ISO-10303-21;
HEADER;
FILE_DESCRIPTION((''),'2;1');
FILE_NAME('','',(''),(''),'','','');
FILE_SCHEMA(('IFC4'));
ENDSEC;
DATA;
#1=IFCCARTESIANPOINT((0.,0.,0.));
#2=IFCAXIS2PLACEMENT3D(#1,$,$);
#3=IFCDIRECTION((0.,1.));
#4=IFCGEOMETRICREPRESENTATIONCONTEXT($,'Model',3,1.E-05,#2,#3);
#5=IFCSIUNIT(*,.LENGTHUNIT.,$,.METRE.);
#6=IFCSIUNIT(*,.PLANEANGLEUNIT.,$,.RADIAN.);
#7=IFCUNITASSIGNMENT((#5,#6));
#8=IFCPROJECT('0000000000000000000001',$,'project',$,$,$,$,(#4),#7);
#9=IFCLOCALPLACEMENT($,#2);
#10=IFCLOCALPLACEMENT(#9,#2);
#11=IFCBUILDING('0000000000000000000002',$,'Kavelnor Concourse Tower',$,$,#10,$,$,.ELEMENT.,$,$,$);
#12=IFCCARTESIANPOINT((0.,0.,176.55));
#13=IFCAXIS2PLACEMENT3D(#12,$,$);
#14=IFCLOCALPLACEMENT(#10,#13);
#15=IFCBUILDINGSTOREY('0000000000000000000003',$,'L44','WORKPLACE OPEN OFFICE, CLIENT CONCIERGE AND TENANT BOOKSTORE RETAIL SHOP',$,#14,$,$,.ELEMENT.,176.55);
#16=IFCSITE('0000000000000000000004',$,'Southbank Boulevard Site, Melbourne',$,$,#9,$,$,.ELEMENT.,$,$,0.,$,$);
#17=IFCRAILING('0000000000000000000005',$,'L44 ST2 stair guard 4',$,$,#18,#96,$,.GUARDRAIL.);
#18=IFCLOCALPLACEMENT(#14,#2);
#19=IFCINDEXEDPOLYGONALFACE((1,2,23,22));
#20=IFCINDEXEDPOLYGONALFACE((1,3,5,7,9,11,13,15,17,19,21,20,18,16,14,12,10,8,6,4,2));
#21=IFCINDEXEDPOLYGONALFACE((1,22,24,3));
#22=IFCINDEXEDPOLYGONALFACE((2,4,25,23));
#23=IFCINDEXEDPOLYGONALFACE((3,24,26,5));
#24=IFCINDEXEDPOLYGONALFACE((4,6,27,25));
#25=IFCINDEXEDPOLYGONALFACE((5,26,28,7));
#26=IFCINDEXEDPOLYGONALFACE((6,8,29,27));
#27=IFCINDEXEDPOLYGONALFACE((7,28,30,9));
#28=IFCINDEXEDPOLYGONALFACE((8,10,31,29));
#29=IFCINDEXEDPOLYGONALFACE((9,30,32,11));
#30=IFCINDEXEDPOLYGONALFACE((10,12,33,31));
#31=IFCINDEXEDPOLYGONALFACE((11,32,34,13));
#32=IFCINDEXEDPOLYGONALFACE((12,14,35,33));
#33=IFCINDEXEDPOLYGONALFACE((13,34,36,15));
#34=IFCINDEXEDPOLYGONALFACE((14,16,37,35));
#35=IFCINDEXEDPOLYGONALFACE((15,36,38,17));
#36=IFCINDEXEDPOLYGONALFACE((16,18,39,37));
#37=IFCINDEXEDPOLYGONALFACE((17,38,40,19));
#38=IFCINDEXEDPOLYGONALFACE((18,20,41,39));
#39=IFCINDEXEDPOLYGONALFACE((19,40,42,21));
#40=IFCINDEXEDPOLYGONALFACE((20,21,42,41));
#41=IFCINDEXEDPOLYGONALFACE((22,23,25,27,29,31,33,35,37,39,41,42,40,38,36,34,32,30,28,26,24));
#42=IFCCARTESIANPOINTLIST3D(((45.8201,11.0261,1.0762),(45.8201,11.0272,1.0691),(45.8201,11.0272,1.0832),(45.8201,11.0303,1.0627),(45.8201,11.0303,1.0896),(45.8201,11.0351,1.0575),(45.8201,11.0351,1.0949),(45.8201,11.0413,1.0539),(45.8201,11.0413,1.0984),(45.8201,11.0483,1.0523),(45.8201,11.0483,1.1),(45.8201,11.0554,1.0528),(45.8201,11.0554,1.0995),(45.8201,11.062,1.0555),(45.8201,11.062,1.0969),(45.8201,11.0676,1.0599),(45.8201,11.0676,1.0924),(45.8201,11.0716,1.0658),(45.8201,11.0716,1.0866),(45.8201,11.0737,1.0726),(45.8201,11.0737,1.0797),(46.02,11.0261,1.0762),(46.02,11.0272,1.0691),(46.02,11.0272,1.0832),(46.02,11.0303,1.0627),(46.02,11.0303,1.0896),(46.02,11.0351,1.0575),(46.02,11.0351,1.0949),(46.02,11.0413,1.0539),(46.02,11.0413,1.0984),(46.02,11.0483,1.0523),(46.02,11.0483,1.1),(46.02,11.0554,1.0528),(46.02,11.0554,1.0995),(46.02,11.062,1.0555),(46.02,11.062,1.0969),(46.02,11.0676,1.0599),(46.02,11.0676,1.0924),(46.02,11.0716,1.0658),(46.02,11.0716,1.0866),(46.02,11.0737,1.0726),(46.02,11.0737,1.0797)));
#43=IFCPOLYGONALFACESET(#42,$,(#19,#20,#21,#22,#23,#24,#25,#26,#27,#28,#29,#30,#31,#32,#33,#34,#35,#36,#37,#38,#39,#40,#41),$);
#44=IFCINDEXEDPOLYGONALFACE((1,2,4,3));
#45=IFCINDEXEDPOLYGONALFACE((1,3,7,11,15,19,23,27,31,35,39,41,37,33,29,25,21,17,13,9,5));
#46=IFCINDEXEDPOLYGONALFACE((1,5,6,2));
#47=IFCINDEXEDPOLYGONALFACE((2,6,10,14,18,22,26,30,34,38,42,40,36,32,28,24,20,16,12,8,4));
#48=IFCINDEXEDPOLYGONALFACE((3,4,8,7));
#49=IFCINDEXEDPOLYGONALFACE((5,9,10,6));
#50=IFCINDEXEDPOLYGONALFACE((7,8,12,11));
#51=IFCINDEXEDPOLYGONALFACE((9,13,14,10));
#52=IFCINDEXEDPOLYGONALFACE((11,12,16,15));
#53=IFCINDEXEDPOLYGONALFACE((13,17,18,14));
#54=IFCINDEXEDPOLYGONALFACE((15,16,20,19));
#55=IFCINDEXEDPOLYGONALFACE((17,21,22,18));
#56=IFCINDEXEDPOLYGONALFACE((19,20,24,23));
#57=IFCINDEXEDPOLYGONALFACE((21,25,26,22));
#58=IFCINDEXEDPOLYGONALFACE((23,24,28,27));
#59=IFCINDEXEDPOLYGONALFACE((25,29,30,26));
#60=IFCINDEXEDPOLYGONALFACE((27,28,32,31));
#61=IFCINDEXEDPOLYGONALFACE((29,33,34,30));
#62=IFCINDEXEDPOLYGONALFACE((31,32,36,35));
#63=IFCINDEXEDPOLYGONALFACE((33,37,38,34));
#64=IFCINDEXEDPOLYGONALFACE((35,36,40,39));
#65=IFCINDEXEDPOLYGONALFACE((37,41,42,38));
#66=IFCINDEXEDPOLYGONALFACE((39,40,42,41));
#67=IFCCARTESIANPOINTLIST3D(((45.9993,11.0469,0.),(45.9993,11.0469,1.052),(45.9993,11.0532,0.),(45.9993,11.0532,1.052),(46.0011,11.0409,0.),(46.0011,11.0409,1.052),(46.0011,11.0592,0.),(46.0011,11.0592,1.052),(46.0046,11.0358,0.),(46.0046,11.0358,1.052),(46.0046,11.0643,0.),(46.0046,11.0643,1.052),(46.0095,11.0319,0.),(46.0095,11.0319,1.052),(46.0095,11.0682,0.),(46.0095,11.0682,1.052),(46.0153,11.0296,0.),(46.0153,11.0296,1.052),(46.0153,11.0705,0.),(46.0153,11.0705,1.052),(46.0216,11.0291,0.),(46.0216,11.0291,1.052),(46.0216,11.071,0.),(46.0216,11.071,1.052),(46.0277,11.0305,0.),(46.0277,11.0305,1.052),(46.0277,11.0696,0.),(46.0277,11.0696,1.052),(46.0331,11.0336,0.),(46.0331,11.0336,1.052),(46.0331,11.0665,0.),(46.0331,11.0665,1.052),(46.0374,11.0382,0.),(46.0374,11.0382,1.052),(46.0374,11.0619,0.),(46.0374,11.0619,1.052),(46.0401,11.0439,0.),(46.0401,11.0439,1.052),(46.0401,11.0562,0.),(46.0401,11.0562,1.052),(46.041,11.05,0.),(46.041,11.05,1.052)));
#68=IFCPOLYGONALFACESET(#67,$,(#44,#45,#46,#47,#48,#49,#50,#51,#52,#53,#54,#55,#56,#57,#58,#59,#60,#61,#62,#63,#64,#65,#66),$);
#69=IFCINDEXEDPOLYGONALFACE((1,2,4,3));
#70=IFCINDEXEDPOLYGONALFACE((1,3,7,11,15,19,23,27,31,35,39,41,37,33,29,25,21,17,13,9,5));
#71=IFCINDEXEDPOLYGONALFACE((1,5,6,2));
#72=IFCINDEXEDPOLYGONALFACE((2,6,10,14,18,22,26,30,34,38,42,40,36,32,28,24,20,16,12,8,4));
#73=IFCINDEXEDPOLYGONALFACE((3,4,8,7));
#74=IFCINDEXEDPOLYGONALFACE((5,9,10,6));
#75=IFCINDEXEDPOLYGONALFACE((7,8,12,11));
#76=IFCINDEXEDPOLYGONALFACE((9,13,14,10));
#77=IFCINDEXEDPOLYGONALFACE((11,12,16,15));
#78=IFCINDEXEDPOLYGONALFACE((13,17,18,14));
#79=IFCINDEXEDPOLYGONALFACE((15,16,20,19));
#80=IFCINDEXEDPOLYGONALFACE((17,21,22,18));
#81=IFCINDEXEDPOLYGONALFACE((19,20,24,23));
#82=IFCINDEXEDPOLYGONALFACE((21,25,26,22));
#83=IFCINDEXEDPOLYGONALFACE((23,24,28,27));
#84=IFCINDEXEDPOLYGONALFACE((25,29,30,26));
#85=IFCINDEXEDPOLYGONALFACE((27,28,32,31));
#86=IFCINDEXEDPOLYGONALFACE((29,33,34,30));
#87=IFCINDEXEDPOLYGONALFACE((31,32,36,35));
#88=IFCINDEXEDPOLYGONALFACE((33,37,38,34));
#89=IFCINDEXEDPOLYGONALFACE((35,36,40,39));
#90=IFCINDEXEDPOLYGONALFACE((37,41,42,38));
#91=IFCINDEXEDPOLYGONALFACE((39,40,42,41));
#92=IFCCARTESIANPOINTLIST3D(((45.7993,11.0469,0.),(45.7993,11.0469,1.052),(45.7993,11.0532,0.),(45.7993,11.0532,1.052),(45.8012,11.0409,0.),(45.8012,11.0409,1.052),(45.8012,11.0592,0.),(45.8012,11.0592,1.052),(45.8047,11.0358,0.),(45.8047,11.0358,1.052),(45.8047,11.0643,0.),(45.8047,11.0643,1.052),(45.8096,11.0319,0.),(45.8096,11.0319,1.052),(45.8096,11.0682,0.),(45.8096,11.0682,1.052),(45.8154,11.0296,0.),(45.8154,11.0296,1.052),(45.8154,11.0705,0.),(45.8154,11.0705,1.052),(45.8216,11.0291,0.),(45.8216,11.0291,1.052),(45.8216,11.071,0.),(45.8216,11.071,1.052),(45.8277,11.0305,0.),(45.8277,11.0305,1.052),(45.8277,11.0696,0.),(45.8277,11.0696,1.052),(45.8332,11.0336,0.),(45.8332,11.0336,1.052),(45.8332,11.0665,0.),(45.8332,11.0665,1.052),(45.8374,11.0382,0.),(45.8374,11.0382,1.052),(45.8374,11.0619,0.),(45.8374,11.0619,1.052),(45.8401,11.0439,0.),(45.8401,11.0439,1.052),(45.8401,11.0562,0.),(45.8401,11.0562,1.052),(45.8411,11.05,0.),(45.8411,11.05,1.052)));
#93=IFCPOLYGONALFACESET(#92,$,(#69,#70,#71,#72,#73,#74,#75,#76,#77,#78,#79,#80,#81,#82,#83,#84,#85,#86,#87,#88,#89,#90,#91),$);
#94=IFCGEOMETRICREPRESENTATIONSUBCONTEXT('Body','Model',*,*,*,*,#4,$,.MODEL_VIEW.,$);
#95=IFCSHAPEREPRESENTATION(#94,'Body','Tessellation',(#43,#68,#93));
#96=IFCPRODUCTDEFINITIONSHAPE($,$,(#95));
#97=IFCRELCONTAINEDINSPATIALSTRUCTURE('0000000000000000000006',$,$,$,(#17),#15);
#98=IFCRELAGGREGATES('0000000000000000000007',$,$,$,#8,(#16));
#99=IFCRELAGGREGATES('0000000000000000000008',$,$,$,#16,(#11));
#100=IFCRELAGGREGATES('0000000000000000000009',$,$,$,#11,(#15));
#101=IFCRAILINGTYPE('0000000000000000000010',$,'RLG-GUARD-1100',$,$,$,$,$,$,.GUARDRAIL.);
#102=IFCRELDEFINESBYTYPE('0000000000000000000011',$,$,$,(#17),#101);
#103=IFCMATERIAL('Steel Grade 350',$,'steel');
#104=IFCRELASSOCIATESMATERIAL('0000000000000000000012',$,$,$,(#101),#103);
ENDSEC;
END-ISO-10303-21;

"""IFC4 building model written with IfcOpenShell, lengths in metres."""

from ifc_helpers import new_model, si_unit, direction, frame, origin, origin_2d, place, context, subcontext, project, spatial, circle, extrude, material, type_object, element, save


model = new_model("IFC4")

# Units and contexts
model_context = context("Model", 3, precision=1e-05, world=origin(), true_north=direction((0.0, 1.0)))
body_context = subcontext(model_context, "Body", "Model", "MODEL_VIEW")
ifc_project = project(units=[si_unit("LENGTHUNIT", "METRE"), si_unit("PLANEANGLEUNIT", "RADIAN")], contexts=[model_context])

# Site, building, storey
site_placement = place(None, origin())
site = spatial("IfcSite", under=ifc_project, at=site_placement, Name="Southbank Boulevard Site, Melbourne", CompositionType="ELEMENT", RefElevation=0.0)
building_placement = place(site_placement, origin())
building = spatial("IfcBuilding", under=site, at=building_placement, Name="Kavelnor Concourse Tower", CompositionType="ELEMENT")
storey_placement = place(building_placement, frame((0.0, 0.0, 176.55)))
storey = spatial("IfcBuildingStorey", under=building, at=storey_placement, Name="L44", Description="WORKPLACE OPEN OFFICE, CLIENT CONCIERGE AND TENANT BOOKSTORE RETAIL SHOP", CompositionType="ELEMENT", Elevation=176.55)

# Shared definitions
ifc_material_1 = material(Name="Steel Grade 350", Category="steel")

# Railing
railing_type_1 = type_object("IfcRailingType", Name="RLG-GUARD-1100", PredefinedType="GUARDRAIL", material=ifc_material_1)
railing_1_placement = place(storey_placement, frame((46.02, 11.05, 0.0)))
element("IfcRailing", 1, at=railing_1_placement, inside=storey, type_object=railing_type_1, Name="L44 ST2 stair guard 4", PredefinedType="GUARDRAIL", context=body_context, shape_type="SweptSolid", body=[
    extrude(circle(Radius=0.0239, at=origin_2d()), frame((0.0, 0.0, 1.0762), z_axis=(-1.0, 0.0, 0.0), x_axis=(0.0, -1.0, 0.0)), (0.0, 0.0, 1.0), 0.2),
    extrude(circle(Radius=0.021, at=origin_2d()), origin(), (0.0, 0.0, 1.0), 1.052),
    extrude(circle(Radius=0.021, at=origin_2d()), frame((-0.2, 0.0, 0.0)), (0.0, 0.0, 1.0), 1.052),
])

save(model, "model.ifc")
